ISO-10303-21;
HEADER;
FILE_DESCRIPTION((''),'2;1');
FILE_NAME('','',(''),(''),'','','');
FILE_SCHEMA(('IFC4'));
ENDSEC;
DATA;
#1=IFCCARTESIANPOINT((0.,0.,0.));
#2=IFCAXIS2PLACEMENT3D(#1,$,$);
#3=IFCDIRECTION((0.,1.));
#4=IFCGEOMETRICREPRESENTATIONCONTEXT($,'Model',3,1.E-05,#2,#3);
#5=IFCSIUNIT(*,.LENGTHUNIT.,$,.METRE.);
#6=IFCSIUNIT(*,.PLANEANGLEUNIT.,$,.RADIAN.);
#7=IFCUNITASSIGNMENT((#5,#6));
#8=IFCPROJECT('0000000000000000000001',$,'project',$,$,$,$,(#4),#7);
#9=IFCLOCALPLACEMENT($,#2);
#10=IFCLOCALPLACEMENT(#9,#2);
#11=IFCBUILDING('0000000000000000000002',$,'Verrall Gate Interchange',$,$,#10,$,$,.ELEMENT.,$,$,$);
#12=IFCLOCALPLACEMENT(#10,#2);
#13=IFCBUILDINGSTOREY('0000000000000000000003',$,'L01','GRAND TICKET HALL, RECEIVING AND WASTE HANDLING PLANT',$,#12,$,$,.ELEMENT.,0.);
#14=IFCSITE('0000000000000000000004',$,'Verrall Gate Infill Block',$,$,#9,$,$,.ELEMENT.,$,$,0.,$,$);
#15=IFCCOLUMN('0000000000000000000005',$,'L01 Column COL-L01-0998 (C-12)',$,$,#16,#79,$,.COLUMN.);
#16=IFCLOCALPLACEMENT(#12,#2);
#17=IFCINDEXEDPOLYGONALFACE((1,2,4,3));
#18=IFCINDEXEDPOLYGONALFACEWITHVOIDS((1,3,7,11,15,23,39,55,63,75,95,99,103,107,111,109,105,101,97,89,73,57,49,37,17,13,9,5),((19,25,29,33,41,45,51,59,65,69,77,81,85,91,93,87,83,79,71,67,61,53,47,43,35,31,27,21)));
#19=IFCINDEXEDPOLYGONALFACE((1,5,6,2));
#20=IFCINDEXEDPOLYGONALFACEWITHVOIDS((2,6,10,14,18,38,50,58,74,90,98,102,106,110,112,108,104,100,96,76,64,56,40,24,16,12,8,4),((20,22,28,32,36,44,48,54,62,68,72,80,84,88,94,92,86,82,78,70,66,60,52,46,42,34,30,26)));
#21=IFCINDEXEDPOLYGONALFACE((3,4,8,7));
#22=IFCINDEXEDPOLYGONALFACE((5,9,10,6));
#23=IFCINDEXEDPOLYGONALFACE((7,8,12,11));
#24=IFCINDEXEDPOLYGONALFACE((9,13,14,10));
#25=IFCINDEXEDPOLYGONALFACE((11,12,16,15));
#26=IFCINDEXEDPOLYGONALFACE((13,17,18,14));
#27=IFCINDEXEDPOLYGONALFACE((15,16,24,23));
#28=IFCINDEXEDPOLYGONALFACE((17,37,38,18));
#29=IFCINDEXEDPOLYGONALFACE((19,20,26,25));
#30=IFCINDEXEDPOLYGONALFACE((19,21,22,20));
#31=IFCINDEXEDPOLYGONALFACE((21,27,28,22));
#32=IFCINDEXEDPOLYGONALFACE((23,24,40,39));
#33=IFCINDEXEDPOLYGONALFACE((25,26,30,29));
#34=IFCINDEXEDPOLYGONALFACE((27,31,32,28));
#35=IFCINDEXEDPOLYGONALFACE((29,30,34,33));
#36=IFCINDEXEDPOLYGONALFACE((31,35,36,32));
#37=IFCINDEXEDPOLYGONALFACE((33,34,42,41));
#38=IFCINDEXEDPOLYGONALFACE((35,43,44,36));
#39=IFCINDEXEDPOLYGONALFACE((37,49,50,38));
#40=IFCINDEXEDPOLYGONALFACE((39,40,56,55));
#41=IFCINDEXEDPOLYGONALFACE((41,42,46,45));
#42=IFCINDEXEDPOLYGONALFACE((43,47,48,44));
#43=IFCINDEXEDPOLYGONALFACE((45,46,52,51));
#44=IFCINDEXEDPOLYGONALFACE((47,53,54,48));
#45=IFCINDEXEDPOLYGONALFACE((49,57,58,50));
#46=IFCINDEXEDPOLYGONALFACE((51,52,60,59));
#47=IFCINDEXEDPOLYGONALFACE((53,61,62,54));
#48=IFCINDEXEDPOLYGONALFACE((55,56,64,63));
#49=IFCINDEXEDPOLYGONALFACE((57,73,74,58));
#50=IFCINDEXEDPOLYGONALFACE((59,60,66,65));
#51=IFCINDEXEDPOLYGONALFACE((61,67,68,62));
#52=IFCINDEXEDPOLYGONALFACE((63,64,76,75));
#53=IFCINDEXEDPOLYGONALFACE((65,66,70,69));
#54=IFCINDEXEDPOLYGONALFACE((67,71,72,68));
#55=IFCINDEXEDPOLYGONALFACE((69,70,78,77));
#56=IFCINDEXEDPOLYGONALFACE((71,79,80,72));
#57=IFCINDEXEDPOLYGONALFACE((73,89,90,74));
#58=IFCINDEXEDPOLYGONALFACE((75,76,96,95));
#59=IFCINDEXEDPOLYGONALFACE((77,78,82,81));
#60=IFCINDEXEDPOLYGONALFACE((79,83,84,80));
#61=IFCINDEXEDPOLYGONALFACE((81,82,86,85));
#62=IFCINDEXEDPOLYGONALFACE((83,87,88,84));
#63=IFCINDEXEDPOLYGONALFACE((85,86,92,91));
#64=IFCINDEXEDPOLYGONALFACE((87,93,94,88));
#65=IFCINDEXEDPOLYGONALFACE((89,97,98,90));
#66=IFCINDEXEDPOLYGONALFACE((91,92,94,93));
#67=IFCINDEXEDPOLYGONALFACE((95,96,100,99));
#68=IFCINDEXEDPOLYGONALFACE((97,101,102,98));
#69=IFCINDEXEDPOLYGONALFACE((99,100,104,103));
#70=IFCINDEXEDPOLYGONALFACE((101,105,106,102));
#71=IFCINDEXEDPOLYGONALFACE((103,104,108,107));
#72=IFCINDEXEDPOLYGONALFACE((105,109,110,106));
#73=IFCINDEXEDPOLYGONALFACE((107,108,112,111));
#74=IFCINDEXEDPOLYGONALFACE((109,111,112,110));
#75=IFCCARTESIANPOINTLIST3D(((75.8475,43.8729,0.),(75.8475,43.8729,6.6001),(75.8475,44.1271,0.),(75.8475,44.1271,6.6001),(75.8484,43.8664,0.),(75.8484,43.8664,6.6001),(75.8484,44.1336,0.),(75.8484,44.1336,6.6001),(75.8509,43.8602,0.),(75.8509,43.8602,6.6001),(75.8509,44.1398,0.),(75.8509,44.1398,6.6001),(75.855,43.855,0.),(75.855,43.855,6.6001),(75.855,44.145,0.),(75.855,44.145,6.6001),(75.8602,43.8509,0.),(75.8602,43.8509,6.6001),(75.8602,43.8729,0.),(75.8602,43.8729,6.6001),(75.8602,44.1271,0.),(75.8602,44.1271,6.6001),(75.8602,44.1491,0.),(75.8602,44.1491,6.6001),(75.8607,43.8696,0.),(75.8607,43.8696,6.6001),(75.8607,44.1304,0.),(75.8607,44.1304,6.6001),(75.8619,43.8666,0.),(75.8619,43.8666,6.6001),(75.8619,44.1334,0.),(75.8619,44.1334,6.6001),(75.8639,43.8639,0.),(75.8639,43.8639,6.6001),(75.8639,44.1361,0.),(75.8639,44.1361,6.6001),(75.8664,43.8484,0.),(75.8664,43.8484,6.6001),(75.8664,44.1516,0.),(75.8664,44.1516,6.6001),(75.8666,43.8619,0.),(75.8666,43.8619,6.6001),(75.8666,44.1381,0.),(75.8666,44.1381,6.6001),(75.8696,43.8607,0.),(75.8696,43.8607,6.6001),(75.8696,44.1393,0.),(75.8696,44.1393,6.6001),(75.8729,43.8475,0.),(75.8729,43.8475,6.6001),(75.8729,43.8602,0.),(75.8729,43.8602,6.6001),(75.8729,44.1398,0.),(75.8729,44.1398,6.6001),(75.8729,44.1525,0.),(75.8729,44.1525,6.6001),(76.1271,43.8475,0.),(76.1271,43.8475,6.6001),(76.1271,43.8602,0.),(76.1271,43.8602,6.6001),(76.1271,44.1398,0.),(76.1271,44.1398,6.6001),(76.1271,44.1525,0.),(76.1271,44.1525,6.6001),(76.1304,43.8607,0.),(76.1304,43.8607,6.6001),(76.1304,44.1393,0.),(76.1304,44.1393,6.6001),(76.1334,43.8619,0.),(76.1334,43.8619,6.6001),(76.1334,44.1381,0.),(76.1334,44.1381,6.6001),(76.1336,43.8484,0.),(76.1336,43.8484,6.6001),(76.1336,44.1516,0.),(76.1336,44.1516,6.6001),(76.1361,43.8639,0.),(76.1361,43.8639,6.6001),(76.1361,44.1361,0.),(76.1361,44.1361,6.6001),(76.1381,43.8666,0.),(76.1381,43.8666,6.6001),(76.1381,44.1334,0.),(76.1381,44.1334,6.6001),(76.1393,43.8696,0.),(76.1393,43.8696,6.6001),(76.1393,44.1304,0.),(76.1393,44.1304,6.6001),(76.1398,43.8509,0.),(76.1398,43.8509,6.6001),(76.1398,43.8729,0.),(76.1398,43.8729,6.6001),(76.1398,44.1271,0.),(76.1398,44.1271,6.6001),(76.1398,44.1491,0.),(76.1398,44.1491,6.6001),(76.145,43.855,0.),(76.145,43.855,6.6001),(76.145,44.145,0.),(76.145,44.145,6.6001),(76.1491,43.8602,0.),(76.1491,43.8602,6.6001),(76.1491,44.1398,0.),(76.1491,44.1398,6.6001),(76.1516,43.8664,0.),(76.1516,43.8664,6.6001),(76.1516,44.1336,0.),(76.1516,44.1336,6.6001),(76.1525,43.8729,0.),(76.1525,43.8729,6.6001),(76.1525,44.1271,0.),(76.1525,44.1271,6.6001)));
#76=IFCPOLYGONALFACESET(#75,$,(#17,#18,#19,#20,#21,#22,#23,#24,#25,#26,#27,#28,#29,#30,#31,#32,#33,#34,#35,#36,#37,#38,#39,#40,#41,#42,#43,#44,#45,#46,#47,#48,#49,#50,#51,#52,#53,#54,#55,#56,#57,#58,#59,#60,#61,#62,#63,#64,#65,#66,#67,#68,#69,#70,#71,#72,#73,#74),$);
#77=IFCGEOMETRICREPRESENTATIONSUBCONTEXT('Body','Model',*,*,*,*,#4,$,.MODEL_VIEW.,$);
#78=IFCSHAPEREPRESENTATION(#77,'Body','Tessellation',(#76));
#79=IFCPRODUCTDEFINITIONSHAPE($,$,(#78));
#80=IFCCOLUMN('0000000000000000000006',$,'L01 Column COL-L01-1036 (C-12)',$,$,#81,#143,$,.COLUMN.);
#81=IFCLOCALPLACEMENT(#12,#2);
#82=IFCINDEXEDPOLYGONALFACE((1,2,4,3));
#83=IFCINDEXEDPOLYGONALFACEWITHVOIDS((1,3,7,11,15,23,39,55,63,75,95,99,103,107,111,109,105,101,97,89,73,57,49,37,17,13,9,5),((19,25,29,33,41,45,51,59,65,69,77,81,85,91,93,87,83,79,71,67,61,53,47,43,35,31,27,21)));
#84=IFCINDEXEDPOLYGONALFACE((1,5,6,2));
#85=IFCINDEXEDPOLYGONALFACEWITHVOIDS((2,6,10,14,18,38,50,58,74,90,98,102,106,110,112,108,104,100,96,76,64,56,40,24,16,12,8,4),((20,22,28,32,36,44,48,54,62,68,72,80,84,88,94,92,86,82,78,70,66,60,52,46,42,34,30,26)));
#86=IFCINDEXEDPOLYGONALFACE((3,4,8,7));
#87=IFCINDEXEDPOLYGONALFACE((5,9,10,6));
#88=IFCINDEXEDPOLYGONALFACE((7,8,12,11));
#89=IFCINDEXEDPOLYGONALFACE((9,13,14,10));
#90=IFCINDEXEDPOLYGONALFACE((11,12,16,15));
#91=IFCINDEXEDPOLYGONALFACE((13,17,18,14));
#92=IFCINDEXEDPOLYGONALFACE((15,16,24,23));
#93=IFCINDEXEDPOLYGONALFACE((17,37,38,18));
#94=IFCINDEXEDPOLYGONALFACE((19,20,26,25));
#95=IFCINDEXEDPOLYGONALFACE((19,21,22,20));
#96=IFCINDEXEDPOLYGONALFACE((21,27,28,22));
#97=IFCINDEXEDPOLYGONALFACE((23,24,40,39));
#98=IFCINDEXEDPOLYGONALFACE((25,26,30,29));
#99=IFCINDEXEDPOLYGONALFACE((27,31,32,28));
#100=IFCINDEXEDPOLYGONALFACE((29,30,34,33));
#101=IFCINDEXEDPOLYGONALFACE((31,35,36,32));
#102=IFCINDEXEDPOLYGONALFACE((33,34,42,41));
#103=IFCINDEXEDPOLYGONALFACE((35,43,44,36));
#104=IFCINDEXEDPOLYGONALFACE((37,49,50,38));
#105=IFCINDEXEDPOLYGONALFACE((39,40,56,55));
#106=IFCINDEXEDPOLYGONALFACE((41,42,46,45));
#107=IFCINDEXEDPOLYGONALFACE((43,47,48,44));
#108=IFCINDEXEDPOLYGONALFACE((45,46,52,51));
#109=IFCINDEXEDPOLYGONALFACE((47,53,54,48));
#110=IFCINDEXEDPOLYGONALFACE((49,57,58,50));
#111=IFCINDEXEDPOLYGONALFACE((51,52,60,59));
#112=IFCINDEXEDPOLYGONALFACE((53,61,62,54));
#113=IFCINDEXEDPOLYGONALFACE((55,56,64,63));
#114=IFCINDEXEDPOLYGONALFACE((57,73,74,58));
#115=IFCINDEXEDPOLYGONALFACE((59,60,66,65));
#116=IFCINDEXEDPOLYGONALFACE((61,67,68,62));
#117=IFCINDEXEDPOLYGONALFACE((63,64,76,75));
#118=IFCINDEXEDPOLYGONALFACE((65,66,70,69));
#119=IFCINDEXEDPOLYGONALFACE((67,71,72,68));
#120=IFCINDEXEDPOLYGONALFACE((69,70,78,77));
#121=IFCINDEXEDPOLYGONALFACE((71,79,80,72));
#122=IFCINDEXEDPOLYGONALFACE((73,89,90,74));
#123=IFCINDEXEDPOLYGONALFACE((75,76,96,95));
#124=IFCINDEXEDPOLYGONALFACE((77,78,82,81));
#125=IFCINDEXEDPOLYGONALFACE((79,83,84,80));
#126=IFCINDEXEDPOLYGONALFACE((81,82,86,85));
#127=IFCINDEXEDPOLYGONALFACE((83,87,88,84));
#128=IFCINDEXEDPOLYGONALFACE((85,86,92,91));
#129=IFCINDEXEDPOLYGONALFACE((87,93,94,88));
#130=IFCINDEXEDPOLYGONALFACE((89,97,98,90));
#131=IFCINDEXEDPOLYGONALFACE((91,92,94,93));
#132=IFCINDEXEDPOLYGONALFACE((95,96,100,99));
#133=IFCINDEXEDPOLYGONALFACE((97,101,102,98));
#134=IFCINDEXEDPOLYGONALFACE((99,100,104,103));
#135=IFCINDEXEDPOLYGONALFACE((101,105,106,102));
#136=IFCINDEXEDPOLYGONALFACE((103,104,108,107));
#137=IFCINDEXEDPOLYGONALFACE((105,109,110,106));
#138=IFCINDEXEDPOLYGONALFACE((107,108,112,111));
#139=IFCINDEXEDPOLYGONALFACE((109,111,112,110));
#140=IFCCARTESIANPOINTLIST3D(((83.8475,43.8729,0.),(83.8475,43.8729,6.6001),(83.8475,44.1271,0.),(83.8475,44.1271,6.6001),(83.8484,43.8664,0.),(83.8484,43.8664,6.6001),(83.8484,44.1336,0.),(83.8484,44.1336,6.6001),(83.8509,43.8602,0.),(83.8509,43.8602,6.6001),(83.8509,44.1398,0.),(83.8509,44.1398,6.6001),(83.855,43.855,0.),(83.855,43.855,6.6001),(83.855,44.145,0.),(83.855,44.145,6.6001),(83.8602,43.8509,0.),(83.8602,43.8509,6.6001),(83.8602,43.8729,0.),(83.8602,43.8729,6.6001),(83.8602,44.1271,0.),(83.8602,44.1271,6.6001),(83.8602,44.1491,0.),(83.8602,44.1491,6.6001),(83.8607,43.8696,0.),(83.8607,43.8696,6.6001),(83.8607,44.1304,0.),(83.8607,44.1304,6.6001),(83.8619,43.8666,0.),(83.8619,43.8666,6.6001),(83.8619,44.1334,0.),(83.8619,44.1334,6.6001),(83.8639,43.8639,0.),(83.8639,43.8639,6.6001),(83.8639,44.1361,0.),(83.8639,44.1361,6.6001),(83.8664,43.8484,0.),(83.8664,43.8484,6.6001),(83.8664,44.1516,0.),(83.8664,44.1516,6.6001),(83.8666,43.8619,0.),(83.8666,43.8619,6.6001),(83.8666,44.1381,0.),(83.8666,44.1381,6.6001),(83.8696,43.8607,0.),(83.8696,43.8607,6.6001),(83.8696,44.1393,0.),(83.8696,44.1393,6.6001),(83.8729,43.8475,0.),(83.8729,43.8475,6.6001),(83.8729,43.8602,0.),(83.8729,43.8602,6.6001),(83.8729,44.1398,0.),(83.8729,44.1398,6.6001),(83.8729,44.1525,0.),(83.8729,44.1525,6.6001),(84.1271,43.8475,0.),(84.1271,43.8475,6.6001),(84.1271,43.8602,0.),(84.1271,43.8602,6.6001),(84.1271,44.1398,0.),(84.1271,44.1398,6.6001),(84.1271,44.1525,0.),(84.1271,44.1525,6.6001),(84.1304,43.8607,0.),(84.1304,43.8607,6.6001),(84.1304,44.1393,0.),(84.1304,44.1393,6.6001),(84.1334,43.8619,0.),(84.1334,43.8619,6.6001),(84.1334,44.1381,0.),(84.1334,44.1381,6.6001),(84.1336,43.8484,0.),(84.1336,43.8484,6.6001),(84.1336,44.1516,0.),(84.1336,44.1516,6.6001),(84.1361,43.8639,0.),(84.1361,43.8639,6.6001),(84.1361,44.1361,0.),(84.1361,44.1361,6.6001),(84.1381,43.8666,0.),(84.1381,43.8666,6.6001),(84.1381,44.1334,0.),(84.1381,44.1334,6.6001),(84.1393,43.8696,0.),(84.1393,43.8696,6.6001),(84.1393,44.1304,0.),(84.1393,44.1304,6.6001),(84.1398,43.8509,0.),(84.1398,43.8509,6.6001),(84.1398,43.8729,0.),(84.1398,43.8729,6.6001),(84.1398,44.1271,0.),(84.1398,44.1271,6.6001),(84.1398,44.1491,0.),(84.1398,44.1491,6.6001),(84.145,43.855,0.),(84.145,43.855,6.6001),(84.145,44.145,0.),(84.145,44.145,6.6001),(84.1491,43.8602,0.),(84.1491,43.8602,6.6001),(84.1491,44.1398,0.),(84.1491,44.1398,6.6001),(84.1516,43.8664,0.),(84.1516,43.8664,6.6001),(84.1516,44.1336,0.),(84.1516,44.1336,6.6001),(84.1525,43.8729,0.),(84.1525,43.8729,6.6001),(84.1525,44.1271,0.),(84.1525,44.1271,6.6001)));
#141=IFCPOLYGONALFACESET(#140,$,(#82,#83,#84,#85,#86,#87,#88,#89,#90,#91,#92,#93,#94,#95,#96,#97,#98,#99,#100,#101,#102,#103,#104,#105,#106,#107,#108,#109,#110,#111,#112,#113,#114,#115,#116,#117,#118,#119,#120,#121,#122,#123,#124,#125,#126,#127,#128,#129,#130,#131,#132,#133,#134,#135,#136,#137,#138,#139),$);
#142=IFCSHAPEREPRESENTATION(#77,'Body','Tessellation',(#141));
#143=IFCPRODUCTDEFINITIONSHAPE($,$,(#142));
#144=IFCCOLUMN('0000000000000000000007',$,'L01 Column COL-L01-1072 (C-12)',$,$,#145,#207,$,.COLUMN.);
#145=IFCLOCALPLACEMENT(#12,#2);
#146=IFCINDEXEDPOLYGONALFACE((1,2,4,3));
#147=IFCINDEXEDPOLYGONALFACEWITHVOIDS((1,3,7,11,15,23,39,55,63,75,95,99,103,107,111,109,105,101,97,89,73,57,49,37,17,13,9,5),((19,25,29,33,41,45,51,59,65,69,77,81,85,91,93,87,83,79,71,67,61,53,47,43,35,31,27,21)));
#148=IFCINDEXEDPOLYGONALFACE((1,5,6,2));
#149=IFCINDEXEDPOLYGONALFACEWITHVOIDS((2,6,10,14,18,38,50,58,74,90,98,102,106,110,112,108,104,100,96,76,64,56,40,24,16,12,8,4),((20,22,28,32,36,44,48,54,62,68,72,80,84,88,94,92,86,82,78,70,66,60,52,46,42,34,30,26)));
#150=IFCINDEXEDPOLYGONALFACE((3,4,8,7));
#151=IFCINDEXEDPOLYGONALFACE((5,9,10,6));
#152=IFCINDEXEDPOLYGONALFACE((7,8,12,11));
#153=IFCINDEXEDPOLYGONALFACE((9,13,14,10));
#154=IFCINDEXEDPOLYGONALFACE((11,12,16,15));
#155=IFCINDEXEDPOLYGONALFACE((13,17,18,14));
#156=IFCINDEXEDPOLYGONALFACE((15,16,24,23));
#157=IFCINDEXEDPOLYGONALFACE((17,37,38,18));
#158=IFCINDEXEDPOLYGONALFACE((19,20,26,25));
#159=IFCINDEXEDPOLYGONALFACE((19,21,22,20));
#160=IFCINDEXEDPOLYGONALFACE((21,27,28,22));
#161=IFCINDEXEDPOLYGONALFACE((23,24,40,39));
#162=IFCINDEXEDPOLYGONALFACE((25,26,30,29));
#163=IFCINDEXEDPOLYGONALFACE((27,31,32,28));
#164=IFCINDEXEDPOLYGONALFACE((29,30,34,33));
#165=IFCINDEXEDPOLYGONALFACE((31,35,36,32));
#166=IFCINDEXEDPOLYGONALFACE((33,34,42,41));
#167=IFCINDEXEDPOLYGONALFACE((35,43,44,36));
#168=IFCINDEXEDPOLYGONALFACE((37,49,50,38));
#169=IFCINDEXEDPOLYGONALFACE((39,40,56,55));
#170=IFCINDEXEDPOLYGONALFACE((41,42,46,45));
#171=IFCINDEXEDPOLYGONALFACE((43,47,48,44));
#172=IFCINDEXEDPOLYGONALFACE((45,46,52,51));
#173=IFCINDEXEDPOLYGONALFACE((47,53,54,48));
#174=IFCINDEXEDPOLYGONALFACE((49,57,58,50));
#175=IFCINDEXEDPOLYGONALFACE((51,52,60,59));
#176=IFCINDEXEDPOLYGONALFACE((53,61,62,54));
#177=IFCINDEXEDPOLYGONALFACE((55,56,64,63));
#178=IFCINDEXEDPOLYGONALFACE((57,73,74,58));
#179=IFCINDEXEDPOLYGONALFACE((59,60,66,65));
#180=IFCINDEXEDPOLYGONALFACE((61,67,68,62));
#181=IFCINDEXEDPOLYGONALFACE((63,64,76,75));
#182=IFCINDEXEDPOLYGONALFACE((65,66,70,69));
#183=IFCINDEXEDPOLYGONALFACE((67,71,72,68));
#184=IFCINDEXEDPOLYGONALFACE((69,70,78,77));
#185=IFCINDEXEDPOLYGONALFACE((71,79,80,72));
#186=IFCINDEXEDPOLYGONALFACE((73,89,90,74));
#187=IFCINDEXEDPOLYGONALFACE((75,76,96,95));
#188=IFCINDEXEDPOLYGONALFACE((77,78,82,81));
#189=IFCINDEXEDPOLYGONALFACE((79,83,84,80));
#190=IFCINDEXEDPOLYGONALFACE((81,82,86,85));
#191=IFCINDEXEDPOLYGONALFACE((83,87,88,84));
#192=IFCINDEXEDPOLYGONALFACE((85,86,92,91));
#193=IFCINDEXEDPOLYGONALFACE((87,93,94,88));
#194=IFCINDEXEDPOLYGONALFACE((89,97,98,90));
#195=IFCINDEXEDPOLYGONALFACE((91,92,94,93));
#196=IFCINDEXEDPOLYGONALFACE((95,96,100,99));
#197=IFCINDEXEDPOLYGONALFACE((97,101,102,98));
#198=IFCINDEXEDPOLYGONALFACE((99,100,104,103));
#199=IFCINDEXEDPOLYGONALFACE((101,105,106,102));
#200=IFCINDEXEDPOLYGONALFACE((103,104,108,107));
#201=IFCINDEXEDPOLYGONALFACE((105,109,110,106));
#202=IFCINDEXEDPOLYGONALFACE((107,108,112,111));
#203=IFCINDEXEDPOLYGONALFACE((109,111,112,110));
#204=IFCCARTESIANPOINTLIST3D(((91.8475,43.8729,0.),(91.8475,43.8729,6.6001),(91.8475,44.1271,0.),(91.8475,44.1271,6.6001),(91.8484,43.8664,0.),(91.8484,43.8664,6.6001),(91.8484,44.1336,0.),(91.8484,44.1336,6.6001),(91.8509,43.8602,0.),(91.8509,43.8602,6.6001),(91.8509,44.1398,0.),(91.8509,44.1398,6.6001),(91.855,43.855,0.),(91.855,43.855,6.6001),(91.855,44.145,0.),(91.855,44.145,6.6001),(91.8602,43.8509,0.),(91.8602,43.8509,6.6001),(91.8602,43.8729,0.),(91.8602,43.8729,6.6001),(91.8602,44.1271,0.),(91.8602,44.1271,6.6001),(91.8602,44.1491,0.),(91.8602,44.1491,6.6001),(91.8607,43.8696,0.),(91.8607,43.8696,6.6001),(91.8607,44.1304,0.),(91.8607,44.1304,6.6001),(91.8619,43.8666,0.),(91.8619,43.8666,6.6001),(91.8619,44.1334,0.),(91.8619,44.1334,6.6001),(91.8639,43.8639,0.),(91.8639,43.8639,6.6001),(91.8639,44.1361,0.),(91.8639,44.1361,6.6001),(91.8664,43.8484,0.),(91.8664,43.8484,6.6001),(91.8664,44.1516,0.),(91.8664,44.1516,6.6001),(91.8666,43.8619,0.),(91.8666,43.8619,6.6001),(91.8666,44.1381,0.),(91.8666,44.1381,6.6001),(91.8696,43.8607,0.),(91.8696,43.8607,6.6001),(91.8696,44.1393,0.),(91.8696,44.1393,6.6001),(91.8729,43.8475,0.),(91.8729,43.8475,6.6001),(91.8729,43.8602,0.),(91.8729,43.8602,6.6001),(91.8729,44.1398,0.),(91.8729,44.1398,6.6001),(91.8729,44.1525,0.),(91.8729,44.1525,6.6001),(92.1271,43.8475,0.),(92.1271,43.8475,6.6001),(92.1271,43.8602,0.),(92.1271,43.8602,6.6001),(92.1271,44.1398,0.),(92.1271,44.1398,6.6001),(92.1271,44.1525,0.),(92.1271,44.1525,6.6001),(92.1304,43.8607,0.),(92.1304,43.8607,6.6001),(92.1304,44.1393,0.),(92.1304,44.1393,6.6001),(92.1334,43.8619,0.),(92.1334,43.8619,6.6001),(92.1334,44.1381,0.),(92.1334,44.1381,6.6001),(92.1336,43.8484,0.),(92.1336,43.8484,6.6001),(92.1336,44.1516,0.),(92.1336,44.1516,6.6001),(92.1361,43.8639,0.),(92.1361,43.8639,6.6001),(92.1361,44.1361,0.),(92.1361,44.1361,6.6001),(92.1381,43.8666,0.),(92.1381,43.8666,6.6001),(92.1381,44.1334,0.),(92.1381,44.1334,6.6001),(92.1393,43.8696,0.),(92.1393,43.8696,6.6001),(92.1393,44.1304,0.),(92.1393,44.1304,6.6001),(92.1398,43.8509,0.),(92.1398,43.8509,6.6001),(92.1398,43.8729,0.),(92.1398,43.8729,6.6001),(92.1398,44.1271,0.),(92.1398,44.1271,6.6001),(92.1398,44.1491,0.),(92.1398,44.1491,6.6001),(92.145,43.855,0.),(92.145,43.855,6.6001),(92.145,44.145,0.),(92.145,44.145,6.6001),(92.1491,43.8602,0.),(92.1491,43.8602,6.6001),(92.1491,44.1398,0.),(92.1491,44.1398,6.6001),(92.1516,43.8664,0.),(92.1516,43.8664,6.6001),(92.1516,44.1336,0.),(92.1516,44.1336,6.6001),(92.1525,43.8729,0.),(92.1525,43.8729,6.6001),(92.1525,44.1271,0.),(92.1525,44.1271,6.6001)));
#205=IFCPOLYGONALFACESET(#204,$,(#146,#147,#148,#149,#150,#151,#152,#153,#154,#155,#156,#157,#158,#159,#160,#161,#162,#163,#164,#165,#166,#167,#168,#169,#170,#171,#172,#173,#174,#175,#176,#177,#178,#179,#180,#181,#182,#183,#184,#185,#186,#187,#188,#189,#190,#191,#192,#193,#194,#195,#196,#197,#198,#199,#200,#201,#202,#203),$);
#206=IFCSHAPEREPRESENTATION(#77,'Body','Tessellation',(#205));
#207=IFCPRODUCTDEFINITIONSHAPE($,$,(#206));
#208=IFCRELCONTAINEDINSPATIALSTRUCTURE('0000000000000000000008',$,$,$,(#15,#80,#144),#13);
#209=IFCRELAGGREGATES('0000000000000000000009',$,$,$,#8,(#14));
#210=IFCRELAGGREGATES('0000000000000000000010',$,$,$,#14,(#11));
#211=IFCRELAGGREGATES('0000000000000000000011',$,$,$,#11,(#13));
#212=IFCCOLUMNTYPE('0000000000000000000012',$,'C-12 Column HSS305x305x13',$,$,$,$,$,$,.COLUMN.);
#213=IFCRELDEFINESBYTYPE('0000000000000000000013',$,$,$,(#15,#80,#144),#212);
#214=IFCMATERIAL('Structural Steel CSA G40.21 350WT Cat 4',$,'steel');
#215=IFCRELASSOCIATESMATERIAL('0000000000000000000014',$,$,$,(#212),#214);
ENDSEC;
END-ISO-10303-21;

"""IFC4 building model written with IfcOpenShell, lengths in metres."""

from ifc_helpers import new_model, si_unit, direction, frame, origin, origin_2d, place, context, subcontext, project, spatial, hollow_rectangle, extrude, material, material_profile, profile_set, type_object, element, save


model = new_model("IFC4")

# Units and contexts
model_context = context("Model", 3, precision=1e-05, world=origin(), true_north=direction((0.0, 1.0)))
body_context = subcontext(model_context, "Body", "Model", "MODEL_VIEW")
ifc_project = project(units=[si_unit("LENGTHUNIT", "METRE"), si_unit("PLANEANGLEUNIT", "RADIAN")], contexts=[model_context])

# Site, building, storey
site_placement = place(None, origin())
site = spatial("IfcSite", under=ifc_project, at=site_placement, Name="Verrall Gate Infill Block", CompositionType="ELEMENT", RefElevation=0.0)
building_placement = place(site_placement, origin())
building = spatial("IfcBuilding", under=site, at=building_placement, Name="Verrall Gate Interchange", CompositionType="ELEMENT")
storey_placement = place(building_placement, origin())
storey = spatial("IfcBuildingStorey", under=building, at=storey_placement, Name="L01", Description="GRAND TICKET HALL, RECEIVING AND WASTE HANDLING PLANT", CompositionType="ELEMENT", Elevation=0.0)

# Columns
ifc_material_1 = material(Name="Structural Steel CSA G40.21 350WT Cat 4", Category="steel")
ifc_material_profile_1 = material_profile(ifc_material_1, hollow_rectangle(XDim=0.3049, YDim=0.3049, WallThickness=0.0127, InnerFilletRadius=0.0127, OuterFilletRadius=0.0254, at=origin_2d()), Name="HSS305x305x13")
ifc_profile_set_1 = profile_set([ifc_material_profile_1], Name="Structural Steel CSA G40.21 350WT Cat 4")
column_type = type_object("IfcColumnType", Name="C-12 Column HSS305x305x13", PredefinedType="COLUMN", material=ifc_profile_set_1)
for number, where, z_axis, x_axis, name in (
    (1, (76.0, 44.0, 0.0), (0.0, 0.0, 1.0), (1.0, 0.0, 0.0), "L01 Column COL-L01-0998 (C-12)"),
    (2, (84.0, 44.0, 0.0), (0.0, 0.0, 1.0), (1.0, 0.0, 0.0), "L01 Column COL-L01-1036 (C-12)"),
    (3, (92.0, 44.0, 0.0), (0.0, 0.0, 1.0), (1.0, 0.0, 0.0), "L01 Column COL-L01-1072 (C-12)"),
):
    element("IfcColumn", number, at=place(storey_placement, frame(where, z_axis=z_axis, x_axis=x_axis)), inside=storey, type_object=column_type, Name=name, PredefinedType="COLUMN", context=body_context, shape_type="SweptSolid", body=[
        extrude(hollow_rectangle(XDim=0.3049, YDim=0.3049, WallThickness=0.0127, InnerFilletRadius=0.0127, OuterFilletRadius=0.0254, at=origin_2d()), origin(), (0.0, 0.0, 1.0), 6.6001),
    ])

save(model, "model.ifc")
